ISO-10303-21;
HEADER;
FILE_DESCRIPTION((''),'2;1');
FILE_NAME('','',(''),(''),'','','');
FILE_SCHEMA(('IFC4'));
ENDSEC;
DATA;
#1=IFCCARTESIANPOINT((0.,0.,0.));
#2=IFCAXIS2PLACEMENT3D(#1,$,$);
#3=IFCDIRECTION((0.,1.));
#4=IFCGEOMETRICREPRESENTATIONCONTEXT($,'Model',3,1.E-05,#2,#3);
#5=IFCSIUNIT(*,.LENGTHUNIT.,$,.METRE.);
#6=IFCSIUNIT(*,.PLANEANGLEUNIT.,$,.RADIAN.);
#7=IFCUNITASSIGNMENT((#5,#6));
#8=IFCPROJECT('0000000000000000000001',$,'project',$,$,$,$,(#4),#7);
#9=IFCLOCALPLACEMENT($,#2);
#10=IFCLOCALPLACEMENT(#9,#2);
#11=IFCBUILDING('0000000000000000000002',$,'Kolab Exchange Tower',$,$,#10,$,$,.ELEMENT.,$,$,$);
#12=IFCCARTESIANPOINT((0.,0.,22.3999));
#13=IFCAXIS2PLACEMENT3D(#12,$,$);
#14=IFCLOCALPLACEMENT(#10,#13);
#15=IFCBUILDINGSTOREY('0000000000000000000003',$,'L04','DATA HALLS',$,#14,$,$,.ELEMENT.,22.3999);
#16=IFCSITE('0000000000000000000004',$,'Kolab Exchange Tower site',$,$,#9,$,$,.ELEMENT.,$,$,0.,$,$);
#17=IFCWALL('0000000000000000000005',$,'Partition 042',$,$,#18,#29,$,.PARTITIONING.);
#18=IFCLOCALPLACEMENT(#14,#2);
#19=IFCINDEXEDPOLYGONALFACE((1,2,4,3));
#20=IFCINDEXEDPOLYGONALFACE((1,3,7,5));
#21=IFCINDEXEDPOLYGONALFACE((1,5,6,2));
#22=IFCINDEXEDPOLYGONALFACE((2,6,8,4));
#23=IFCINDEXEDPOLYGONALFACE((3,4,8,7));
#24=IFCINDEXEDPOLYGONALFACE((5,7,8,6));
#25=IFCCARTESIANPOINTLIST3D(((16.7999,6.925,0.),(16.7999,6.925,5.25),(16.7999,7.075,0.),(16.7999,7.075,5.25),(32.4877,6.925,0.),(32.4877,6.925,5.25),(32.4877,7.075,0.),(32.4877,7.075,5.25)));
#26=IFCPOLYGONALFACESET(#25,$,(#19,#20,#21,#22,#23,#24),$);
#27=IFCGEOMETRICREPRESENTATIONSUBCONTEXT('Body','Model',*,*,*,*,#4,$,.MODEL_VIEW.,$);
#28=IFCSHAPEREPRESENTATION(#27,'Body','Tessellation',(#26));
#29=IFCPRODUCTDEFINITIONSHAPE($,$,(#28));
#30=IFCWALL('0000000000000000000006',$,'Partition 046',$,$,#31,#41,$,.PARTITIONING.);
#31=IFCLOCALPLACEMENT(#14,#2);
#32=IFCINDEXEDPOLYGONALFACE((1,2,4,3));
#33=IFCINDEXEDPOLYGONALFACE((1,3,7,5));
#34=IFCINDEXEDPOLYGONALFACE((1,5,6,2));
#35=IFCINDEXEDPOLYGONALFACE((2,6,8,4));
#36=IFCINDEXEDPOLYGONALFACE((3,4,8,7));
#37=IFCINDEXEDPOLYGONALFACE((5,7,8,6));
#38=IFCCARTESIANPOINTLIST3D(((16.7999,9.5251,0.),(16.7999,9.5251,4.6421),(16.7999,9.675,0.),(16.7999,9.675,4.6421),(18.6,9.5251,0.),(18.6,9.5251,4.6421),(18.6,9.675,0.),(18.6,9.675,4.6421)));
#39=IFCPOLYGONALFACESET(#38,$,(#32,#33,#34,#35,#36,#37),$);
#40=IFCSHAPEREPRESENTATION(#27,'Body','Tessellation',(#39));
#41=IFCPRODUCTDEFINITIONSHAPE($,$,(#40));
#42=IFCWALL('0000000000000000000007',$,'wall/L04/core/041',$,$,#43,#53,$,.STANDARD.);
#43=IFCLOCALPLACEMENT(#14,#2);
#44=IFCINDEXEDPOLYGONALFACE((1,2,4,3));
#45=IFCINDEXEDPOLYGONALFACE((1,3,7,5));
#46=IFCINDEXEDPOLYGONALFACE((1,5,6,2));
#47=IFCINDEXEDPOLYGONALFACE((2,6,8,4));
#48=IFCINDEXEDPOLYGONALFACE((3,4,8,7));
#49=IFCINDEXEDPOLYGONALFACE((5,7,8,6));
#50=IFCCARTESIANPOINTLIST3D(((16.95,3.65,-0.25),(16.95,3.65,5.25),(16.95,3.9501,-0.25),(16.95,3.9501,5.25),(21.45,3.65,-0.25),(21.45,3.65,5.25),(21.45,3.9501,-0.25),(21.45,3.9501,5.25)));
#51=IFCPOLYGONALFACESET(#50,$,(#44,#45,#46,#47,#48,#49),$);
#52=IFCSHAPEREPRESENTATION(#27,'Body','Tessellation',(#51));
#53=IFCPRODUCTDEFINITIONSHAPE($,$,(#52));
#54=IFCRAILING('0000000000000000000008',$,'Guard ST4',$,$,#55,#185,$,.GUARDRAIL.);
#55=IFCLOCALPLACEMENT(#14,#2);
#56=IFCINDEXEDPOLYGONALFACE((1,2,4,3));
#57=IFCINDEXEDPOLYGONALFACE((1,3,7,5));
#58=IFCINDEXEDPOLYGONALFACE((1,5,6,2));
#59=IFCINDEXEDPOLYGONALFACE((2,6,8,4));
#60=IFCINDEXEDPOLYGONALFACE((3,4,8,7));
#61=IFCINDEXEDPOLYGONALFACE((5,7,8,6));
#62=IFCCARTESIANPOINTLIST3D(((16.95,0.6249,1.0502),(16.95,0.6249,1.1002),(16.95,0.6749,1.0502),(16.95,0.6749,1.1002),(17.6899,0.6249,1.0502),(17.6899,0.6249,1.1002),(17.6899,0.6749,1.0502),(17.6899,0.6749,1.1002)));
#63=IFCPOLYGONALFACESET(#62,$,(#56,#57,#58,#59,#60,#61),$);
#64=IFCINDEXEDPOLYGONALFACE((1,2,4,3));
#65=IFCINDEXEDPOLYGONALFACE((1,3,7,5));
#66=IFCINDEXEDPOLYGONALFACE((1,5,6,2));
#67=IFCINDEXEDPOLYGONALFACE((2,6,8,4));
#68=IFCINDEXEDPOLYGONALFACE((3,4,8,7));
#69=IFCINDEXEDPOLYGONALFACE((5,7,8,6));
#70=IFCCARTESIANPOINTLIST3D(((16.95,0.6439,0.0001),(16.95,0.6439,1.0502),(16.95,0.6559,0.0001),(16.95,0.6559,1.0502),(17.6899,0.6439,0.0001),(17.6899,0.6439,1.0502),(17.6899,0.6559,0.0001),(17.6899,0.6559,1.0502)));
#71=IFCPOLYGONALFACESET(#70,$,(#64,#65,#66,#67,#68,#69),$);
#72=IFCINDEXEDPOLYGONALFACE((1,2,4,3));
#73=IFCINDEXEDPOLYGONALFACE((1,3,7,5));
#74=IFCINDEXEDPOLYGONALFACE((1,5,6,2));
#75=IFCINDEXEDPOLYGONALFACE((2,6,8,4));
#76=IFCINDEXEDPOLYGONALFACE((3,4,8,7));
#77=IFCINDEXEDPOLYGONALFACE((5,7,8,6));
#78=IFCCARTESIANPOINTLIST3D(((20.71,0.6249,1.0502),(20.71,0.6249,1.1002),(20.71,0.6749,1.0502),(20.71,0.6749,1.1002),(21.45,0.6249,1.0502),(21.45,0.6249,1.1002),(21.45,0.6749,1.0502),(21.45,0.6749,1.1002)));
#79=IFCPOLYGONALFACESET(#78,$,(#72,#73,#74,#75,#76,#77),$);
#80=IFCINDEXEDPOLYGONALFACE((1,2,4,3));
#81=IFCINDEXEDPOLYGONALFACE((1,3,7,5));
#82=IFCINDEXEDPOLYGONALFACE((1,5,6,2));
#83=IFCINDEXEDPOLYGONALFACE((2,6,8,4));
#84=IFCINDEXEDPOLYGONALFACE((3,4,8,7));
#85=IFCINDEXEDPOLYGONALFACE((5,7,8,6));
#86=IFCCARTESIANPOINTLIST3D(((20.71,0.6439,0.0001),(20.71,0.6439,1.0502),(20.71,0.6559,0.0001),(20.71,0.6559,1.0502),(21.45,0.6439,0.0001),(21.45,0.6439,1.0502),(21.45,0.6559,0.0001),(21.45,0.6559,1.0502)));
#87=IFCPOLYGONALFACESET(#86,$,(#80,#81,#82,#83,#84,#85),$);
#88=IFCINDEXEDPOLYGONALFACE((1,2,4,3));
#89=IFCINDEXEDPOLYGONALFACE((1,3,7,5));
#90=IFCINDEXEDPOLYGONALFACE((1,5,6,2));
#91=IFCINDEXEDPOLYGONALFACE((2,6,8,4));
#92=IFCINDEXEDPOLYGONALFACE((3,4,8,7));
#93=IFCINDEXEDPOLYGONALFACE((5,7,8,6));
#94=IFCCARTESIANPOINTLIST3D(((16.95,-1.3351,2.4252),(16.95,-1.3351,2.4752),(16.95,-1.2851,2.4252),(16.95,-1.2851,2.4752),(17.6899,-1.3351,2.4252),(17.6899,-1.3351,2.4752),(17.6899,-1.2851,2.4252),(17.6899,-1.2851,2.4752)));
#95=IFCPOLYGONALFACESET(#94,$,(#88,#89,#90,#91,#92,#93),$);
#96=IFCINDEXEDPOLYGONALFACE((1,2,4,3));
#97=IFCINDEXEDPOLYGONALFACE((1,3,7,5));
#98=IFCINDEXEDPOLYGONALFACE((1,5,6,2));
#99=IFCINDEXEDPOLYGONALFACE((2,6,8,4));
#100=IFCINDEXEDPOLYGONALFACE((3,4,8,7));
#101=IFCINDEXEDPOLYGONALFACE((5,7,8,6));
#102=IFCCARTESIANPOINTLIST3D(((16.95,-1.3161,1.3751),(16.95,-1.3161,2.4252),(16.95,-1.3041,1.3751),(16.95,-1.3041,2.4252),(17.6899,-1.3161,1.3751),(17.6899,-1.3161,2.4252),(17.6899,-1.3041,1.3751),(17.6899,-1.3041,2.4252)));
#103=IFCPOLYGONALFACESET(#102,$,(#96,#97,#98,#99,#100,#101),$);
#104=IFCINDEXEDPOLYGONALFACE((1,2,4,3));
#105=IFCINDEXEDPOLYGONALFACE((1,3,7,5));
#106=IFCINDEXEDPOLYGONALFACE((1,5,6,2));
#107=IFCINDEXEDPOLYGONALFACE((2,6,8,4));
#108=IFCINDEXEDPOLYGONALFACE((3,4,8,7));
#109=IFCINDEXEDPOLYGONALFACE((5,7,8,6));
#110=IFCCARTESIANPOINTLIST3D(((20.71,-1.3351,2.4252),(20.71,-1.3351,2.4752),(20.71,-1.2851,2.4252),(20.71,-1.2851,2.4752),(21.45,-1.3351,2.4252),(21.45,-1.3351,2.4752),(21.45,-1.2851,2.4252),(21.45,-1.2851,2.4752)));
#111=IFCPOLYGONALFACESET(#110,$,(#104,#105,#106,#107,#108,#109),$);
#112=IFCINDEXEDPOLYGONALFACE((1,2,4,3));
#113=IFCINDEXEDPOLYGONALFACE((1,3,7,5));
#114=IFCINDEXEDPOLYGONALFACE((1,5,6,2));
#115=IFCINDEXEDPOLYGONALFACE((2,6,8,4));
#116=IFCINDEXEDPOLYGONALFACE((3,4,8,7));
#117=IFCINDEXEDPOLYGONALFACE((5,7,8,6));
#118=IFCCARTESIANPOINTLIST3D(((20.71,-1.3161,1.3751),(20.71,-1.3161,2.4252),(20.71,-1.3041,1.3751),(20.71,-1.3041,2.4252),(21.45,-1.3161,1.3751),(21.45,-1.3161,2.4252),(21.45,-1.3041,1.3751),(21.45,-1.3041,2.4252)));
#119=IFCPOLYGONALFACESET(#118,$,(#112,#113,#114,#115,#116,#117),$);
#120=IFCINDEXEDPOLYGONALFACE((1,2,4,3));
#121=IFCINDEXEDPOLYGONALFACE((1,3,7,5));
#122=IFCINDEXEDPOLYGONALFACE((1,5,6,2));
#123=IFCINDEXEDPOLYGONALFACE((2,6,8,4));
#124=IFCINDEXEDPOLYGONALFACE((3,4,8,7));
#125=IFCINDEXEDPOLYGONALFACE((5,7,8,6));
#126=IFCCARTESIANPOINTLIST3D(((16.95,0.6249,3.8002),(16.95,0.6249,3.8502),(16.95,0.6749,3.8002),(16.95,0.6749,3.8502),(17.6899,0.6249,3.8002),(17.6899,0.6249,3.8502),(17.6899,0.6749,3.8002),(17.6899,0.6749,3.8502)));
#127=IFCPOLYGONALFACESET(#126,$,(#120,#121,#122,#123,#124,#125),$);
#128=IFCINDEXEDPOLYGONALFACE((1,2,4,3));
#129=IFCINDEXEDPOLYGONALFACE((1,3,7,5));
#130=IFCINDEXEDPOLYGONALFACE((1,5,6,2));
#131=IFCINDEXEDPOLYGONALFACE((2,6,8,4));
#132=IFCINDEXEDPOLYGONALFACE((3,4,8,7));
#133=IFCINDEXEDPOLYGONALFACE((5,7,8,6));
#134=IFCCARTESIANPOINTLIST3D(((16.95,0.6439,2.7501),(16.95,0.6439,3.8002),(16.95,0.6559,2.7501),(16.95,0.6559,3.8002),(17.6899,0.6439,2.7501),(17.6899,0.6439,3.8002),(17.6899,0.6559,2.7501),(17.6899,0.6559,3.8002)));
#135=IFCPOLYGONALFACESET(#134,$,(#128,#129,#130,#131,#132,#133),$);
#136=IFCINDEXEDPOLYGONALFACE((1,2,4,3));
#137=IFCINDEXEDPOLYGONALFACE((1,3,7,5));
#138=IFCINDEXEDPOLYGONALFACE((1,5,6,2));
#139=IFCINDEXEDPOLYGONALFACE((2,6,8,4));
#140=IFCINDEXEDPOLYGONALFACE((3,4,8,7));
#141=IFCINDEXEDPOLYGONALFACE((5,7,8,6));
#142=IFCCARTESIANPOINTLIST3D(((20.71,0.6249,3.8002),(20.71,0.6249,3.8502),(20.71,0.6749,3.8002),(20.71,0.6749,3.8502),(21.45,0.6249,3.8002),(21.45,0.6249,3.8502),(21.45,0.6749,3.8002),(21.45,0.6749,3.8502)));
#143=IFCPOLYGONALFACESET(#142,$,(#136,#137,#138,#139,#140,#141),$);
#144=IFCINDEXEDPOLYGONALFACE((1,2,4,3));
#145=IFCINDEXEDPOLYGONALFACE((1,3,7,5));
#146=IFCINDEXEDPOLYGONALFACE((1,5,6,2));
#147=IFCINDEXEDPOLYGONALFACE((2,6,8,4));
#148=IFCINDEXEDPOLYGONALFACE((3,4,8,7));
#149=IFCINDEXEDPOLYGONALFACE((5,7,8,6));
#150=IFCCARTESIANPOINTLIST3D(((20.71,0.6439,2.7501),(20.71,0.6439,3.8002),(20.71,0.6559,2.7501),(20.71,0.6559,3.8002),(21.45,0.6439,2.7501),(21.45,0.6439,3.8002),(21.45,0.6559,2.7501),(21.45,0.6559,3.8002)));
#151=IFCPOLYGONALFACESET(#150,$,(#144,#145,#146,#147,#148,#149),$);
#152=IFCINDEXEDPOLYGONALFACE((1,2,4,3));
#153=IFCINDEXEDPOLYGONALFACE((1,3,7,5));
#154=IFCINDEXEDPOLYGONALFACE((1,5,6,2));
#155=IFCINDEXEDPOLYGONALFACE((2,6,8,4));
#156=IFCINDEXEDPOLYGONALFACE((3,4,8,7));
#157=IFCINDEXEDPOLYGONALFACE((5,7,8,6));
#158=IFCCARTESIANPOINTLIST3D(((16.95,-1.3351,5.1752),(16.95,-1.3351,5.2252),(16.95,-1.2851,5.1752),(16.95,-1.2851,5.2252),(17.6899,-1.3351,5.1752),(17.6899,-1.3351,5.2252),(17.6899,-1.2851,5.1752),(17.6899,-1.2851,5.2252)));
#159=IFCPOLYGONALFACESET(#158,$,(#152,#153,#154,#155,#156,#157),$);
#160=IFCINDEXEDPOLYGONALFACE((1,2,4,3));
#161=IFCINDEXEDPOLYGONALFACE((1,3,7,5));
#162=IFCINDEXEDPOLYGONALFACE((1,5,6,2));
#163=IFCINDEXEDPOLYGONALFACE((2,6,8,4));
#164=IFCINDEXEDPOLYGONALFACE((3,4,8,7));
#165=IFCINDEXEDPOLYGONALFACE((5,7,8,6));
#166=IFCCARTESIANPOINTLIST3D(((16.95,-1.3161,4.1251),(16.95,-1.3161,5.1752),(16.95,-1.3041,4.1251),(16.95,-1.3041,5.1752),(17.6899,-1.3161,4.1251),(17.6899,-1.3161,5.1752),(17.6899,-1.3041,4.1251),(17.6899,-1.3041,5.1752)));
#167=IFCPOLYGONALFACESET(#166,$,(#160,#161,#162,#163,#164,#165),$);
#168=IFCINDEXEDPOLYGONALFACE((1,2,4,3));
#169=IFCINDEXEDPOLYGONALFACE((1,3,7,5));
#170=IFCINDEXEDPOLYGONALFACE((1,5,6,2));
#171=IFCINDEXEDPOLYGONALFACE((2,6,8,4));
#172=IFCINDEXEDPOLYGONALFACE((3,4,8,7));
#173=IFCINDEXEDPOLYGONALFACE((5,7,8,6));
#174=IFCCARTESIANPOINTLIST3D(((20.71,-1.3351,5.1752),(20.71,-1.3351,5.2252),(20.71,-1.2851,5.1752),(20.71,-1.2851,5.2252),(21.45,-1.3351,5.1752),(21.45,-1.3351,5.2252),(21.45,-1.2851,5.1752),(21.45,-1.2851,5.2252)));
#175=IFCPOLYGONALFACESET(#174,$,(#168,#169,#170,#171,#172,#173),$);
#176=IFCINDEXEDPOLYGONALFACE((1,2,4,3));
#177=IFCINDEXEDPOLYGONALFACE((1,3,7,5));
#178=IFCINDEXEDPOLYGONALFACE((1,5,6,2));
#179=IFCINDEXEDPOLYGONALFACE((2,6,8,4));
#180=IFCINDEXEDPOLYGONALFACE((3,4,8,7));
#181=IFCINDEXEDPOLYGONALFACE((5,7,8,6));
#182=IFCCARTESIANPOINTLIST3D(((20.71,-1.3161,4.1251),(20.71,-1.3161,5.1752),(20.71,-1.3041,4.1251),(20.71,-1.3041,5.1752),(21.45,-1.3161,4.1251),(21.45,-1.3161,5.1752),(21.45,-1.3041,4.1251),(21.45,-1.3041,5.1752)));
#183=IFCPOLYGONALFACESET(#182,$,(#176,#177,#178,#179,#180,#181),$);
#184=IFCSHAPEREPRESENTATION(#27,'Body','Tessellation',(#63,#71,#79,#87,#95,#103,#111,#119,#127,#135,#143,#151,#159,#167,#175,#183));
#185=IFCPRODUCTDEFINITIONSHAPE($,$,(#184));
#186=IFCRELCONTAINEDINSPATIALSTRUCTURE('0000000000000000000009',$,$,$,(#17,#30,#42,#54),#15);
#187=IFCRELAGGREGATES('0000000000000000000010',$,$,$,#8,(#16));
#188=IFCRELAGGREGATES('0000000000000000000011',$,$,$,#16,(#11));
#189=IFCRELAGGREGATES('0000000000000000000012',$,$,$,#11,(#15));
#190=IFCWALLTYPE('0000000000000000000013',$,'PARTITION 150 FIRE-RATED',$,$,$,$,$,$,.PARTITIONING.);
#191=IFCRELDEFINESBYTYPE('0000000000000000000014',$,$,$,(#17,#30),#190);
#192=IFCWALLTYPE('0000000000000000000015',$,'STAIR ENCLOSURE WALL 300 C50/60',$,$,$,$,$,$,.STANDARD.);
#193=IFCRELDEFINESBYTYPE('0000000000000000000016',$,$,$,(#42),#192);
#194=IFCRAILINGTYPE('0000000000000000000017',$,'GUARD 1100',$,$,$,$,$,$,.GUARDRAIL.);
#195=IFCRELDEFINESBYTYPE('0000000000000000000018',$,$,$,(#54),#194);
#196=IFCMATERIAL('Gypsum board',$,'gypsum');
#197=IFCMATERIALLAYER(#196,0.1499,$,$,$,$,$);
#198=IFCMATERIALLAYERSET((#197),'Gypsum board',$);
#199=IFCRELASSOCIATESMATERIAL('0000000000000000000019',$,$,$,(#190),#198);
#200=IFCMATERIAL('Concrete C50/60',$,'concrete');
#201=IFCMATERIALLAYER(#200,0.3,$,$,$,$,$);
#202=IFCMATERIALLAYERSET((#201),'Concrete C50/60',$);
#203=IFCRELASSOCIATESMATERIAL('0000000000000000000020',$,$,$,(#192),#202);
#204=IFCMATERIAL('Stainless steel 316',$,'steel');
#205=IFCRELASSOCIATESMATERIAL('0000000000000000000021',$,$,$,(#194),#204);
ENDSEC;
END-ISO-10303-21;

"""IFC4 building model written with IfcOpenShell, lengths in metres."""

from ifc_helpers import new_model, si_unit, direction, frame, frame_2d, origin, origin_2d, place, context, subcontext, project, spatial, rectangle, extrude, material, layer, layer_set, type_object, element, save


model = new_model("IFC4")

# Units and contexts
model_context = context("Model", 3, precision=1e-05, world=origin(), true_north=direction((0.0, 1.0)))
body_context = subcontext(model_context, "Body", "Model", "MODEL_VIEW")
ifc_project = project(units=[si_unit("LENGTHUNIT", "METRE"), si_unit("PLANEANGLEUNIT", "RADIAN")], contexts=[model_context])

# Site, building, storey
site_placement = place(None, origin())
site = spatial("IfcSite", under=ifc_project, at=site_placement, Name="Kolab Exchange Tower site", CompositionType="ELEMENT", RefElevation=0.0)
building_placement = place(site_placement, origin())
building = spatial("IfcBuilding", under=site, at=building_placement, Name="Kolab Exchange Tower", CompositionType="ELEMENT")
storey_placement = place(building_placement, frame((0.0, 0.0, 22.3999)))
storey = spatial("IfcBuildingStorey", under=building, at=storey_placement, Name="L04", Description="DATA HALLS", CompositionType="ELEMENT", Elevation=22.3999)

# Shared definitions
ifc_material_1 = material(Name="Concrete C50/60", Category="concrete")
ifc_material_2 = material(Name="Gypsum board", Category="gypsum")

# Shared definitions
ifc_layer_1 = layer(ifc_material_2, 0.1499)
ifc_layer_set_1 = layer_set([ifc_layer_1], Name="Gypsum board")
wall_type_1 = type_object("IfcWallType", Name="PARTITION 150 FIRE-RATED", PredefinedType="PARTITIONING", material=ifc_layer_set_1)

# Walls
wall_1_placement = place(storey_placement, frame((16.8, 7.0, 0.0), z_axis=(0.0, 0.0, 1.0), x_axis=(1.0, 0.0, 0.0)))
element("IfcWall", 1, at=wall_1_placement, inside=storey, type_object=wall_type_1, Name="Partition 042", PredefinedType="PARTITIONING", context=body_context, shape_type="SweptSolid", body=[
    extrude(rectangle(XDim=15.6877, YDim=0.1499, at=frame_2d((7.8438, 0.0))), origin(), (0.0, 0.0, 1.0), 5.25),
])
wall_2_placement = place(storey_placement, frame((16.8, 9.6001, 0.0), z_axis=(0.0, 0.0, 1.0), x_axis=(1.0, 0.0, 0.0)))
element("IfcWall", 2, at=wall_2_placement, inside=storey, type_object=wall_type_1, Name="Partition 046", PredefinedType="PARTITIONING", context=body_context, shape_type="SweptSolid", body=[
    extrude(rectangle(XDim=1.8, YDim=0.1499, at=frame_2d((0.8999, 0.0))), origin(), (0.0, 0.0, 1.0), 4.6421),
])
ifc_layer_2 = layer(ifc_material_1, 0.3)
ifc_layer_set_2 = layer_set([ifc_layer_2], Name="Concrete C50/60")
wall_type_2 = type_object("IfcWallType", Name="STAIR ENCLOSURE WALL 300 C50/60", PredefinedType="STANDARD", material=ifc_layer_set_2)
wall_3_placement = place(storey_placement, frame((16.95, 3.8, -0.25), z_axis=(0.0, 0.0, 1.0), x_axis=(1.0, 0.0, 0.0)))
element("IfcWall", 3, at=wall_3_placement, inside=storey, type_object=wall_type_2, Name="wall/L04/core/041", PredefinedType="STANDARD", context=body_context, shape_type="SweptSolid", body=[
    extrude(rectangle(XDim=4.5, YDim=0.3, at=frame_2d((2.25, 0.0))), origin(), (0.0, 0.0, 1.0), 5.5),
])

# Railing
ifc_material_3 = material(Name="Stainless steel 316", Category="steel")
railing_type = type_object("IfcRailingType", Name="GUARD 1100", PredefinedType="GUARDRAIL", material=ifc_material_3)
railing_placement = place(storey_placement, frame((16.95, 0.6499, 0.0)))
element("IfcRailing", 4, at=railing_placement, inside=storey, type_object=railing_type, Name="Guard ST4", PredefinedType="GUARDRAIL", context=body_context, shape_type="SweptSolid", body=[
    extrude(rectangle(XDim=0.05, YDim=0.05, at=origin_2d()), frame((0.0, 0.0, 1.0752), z_axis=(1.0, 0.0, 0.0), x_axis=(0.0, 1.0, 0.0)), (0.0, 0.0, 1.0), 0.74),
    extrude(rectangle(XDim=0.012, YDim=1.0501, at=frame_2d((0.0, 0.5251))), frame((0.0, 0.0, 0.0), z_axis=(1.0, 0.0, 0.0), x_axis=(0.0, 1.0, 0.0)), (0.0, 0.0, 1.0), 0.74),
    extrude(rectangle(XDim=0.05, YDim=0.05, at=origin_2d()), frame((3.76, 0.0, 1.0752), z_axis=(1.0, 0.0, 0.0), x_axis=(0.0, 1.0, 0.0)), (0.0, 0.0, 1.0), 0.74),
    extrude(rectangle(XDim=0.012, YDim=1.0501, at=frame_2d((0.0, 0.5251))), frame((3.76, 0.0, 0.0), z_axis=(1.0, 0.0, 0.0), x_axis=(0.0, 1.0, 0.0)), (0.0, 0.0, 1.0), 0.74),
    extrude(rectangle(XDim=0.05, YDim=0.05, at=origin_2d()), frame((0.0, -1.96, 2.4502), z_axis=(1.0, 0.0, 0.0), x_axis=(0.0, 1.0, 0.0)), (0.0, 0.0, 1.0), 0.74),
    extrude(rectangle(XDim=0.012, YDim=1.0501, at=frame_2d((0.0, 0.5251))), frame((0.0, -1.96, 1.375), z_axis=(1.0, 0.0, 0.0), x_axis=(0.0, 1.0, 0.0)), (0.0, 0.0, 1.0), 0.74),
    extrude(rectangle(XDim=0.05, YDim=0.05, at=origin_2d()), frame((3.76, -1.96, 2.4502), z_axis=(1.0, 0.0, 0.0), x_axis=(0.0, 1.0, 0.0)), (0.0, 0.0, 1.0), 0.74),
    extrude(rectangle(XDim=0.012, YDim=1.0501, at=frame_2d((0.0, 0.5251))), frame((3.76, -1.96, 1.375), z_axis=(1.0, 0.0, 0.0), x_axis=(0.0, 1.0, 0.0)), (0.0, 0.0, 1.0), 0.74),
    extrude(rectangle(XDim=0.05, YDim=0.05, at=origin_2d()), frame((0.0, 0.0, 3.8252), z_axis=(1.0, 0.0, 0.0), x_axis=(0.0, 1.0, 0.0)), (0.0, 0.0, 1.0), 0.74),
    extrude(rectangle(XDim=0.012, YDim=1.0501, at=frame_2d((0.0, 0.5251))), frame((0.0, 0.0, 2.75), z_axis=(1.0, 0.0, 0.0), x_axis=(0.0, 1.0, 0.0)), (0.0, 0.0, 1.0), 0.74),
    extrude(rectangle(XDim=0.05, YDim=0.05, at=origin_2d()), frame((3.76, 0.0, 3.8252), z_axis=(1.0, 0.0, 0.0), x_axis=(0.0, 1.0, 0.0)), (0.0, 0.0, 1.0), 0.74),
    extrude(rectangle(XDim=0.012, YDim=1.0501, at=frame_2d((0.0, 0.5251))), frame((3.76, 0.0, 2.75), z_axis=(1.0, 0.0, 0.0), x_axis=(0.0, 1.0, 0.0)), (0.0, 0.0, 1.0), 0.74),
    extrude(rectangle(XDim=0.05, YDim=0.05, at=origin_2d()), frame((0.0, -1.96, 5.2002), z_axis=(1.0, 0.0, 0.0), x_axis=(0.0, 1.0, 0.0)), (0.0, 0.0, 1.0), 0.74),
    extrude(rectangle(XDim=0.012, YDim=1.0501, at=frame_2d((0.0, 0.5251))), frame((0.0, -1.96, 4.125), z_axis=(1.0, 0.0, 0.0), x_axis=(0.0, 1.0, 0.0)), (0.0, 0.0, 1.0), 0.74),
    extrude(rectangle(XDim=0.05, YDim=0.05, at=origin_2d()), frame((3.76, -1.96, 5.2002), z_axis=(1.0, 0.0, 0.0), x_axis=(0.0, 1.0, 0.0)), (0.0, 0.0, 1.0), 0.74),
    extrude(rectangle(XDim=0.012, YDim=1.0501, at=frame_2d((0.0, 0.5251))), frame((3.76, -1.96, 4.125), z_axis=(1.0, 0.0, 0.0), x_axis=(0.0, 1.0, 0.0)), (0.0, 0.0, 1.0), 0.74),
])

save(model, "model.ifc")
